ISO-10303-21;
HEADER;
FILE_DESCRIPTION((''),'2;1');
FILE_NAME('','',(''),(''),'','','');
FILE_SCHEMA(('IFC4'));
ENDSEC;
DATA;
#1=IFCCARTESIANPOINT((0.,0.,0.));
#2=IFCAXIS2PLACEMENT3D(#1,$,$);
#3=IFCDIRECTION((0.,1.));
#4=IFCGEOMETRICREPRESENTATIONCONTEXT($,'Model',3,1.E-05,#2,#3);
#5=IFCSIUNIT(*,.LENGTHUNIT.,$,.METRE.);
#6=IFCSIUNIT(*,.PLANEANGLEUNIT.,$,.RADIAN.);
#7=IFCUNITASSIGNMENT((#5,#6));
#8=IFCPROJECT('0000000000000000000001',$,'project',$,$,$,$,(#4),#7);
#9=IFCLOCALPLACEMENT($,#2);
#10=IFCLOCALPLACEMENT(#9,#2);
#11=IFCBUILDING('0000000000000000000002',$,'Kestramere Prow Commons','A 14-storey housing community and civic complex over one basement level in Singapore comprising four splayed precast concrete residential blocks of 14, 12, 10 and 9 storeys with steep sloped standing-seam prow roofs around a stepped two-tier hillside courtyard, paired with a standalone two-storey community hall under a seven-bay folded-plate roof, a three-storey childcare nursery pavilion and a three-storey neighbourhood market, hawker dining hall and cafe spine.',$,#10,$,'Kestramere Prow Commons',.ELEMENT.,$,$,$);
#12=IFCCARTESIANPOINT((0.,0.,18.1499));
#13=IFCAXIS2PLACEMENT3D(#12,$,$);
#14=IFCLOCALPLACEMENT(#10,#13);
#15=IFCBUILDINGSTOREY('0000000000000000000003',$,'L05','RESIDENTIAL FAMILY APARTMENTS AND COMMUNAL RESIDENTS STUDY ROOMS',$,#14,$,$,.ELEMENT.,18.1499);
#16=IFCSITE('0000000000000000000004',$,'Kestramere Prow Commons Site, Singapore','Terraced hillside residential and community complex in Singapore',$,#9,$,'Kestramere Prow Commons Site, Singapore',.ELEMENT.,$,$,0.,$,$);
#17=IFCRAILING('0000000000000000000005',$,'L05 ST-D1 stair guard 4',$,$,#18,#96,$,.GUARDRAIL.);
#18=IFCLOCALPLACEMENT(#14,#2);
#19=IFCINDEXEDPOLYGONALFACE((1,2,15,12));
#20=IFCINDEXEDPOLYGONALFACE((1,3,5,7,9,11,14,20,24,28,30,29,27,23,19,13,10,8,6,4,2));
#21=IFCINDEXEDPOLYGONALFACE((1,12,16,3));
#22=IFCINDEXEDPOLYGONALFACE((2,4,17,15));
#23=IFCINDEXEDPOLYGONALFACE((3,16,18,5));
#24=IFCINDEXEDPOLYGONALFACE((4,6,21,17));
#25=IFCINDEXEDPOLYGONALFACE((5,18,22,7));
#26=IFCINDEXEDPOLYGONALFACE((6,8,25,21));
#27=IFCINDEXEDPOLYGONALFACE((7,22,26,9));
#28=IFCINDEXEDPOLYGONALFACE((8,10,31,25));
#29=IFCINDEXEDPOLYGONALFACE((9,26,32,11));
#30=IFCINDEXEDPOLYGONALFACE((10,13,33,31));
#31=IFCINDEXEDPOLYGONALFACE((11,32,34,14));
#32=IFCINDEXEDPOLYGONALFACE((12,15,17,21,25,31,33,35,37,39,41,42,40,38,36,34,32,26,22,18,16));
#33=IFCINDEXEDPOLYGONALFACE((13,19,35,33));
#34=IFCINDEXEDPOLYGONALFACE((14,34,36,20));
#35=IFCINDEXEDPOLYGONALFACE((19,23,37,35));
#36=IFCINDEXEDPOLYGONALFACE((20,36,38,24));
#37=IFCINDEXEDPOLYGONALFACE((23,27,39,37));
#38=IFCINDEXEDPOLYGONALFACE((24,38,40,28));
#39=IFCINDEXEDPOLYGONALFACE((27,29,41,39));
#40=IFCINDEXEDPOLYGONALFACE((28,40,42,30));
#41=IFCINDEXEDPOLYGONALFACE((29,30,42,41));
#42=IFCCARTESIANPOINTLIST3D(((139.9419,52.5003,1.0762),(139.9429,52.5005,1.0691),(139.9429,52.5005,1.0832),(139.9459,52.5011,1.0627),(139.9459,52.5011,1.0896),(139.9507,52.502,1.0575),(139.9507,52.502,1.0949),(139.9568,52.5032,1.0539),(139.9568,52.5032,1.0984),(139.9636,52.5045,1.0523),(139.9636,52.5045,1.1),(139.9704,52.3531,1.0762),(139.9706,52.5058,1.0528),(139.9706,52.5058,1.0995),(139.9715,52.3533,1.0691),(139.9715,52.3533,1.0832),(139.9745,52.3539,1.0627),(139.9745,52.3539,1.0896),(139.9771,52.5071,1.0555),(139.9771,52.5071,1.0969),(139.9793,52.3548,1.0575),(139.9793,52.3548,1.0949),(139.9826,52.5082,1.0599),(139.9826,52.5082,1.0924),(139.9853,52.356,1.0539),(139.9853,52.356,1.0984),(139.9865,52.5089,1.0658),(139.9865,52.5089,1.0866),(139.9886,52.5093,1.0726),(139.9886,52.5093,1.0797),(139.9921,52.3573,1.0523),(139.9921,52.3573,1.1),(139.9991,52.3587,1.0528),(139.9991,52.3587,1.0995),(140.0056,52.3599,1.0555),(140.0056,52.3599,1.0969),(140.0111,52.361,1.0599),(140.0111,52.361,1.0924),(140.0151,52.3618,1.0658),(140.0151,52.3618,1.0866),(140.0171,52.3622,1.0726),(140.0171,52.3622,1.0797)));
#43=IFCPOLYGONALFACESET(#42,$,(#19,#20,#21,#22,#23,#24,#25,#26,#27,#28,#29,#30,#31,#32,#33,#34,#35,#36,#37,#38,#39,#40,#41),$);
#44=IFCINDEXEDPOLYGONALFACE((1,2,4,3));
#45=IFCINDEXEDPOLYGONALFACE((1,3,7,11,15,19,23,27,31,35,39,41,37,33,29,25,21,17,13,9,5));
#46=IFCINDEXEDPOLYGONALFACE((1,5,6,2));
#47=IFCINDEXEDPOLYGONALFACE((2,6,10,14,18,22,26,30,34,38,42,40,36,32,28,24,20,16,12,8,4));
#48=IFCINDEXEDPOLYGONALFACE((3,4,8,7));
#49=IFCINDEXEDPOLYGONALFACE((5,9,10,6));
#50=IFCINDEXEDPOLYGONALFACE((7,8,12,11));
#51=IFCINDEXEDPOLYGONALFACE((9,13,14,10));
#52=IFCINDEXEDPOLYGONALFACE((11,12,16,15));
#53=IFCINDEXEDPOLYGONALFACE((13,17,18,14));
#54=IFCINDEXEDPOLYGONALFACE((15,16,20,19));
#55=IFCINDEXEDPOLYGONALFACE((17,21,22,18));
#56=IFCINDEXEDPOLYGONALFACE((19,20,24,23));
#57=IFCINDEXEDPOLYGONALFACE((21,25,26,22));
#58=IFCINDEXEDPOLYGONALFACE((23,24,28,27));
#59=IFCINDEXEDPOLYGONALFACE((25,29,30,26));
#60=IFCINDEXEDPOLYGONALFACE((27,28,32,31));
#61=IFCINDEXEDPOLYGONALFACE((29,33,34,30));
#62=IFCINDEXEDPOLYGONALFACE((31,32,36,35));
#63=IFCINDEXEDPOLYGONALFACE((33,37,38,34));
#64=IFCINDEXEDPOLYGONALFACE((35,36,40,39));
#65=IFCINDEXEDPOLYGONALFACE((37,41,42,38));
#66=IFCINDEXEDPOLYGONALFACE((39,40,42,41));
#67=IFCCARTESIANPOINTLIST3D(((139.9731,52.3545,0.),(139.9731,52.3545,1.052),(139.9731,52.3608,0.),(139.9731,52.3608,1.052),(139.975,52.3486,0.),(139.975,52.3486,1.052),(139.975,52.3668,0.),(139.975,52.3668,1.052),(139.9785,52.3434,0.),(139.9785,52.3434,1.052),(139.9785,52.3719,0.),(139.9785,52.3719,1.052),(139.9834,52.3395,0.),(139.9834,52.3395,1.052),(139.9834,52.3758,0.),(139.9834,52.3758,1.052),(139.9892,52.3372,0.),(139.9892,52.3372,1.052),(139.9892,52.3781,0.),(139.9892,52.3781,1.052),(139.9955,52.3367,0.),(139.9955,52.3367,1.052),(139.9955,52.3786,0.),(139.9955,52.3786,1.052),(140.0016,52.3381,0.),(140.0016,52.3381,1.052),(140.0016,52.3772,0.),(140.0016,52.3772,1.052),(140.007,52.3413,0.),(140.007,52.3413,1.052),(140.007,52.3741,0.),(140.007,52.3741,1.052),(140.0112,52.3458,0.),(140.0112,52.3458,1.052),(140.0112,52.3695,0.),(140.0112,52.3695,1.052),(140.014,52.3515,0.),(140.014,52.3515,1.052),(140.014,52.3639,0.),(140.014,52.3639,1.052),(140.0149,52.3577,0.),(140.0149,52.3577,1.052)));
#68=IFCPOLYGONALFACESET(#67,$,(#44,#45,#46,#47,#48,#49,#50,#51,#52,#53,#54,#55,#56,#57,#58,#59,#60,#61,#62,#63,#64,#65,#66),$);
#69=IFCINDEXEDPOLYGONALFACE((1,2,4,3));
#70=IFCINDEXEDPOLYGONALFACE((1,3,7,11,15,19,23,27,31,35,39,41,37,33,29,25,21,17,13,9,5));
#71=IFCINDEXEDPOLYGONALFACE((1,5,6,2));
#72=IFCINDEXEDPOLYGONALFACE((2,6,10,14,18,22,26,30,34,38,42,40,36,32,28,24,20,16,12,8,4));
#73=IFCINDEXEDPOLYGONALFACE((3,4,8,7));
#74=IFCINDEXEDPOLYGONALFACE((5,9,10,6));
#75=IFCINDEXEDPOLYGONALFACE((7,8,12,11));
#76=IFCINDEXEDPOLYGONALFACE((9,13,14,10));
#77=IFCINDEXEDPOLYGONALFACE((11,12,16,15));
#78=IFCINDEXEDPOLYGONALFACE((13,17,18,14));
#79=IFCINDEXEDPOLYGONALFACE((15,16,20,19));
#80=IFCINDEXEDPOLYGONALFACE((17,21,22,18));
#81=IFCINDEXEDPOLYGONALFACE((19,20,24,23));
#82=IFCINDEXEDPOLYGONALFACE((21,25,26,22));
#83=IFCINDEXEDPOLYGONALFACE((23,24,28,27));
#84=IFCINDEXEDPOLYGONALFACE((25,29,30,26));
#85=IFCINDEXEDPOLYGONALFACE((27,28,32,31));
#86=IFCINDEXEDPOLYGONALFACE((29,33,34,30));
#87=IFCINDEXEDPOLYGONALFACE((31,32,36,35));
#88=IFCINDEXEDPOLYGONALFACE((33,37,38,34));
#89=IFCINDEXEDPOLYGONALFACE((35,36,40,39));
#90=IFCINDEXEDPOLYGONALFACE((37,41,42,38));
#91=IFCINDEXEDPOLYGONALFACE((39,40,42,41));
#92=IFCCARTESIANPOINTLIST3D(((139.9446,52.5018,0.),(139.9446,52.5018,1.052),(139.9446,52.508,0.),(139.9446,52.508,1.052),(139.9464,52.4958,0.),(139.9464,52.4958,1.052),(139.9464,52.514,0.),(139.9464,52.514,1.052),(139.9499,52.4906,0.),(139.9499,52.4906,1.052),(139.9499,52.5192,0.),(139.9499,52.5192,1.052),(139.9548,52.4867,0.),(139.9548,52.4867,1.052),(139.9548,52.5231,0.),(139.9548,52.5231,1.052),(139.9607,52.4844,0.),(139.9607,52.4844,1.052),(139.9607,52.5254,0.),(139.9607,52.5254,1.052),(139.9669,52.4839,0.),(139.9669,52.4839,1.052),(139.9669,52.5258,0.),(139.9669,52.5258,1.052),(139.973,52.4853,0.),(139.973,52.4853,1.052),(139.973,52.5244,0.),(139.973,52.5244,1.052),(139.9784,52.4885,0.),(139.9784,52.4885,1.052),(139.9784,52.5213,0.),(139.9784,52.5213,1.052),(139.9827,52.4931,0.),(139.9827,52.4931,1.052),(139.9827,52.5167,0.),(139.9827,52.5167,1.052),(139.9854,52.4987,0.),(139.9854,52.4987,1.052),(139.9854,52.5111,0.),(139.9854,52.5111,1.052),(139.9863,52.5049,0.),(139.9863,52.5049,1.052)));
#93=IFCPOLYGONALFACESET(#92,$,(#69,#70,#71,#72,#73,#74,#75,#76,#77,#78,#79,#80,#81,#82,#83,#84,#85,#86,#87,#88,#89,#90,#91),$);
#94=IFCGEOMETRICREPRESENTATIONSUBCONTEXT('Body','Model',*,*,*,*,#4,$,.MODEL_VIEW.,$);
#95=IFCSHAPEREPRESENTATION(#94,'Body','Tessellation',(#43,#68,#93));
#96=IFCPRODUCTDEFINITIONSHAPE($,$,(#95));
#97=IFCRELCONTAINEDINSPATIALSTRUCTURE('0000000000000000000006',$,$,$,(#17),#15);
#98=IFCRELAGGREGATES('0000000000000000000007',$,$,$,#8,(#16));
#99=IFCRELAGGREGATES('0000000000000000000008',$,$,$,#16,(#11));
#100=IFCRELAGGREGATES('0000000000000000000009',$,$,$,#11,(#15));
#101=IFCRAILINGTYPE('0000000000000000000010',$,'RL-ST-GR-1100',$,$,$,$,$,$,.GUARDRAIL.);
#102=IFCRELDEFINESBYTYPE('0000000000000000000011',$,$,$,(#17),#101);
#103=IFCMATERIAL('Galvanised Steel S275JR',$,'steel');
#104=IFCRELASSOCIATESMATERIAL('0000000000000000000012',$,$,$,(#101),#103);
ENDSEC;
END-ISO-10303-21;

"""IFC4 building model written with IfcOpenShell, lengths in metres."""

from ifc_helpers import new_model, si_unit, direction, frame, origin, origin_2d, place, context, subcontext, project, spatial, circle, extrude, material, type_object, element, save


model = new_model("IFC4")

# Units and contexts
model_context = context("Model", 3, precision=1e-05, world=origin(), true_north=direction((0.0, 1.0)))
body_context = subcontext(model_context, "Body", "Model", "MODEL_VIEW")
ifc_project = project(units=[si_unit("LENGTHUNIT", "METRE"), si_unit("PLANEANGLEUNIT", "RADIAN")], contexts=[model_context])

# Site, building, storey
site_placement = place(None, origin())
site = spatial("IfcSite", under=ifc_project, at=site_placement, Name="Kestramere Prow Commons Site, Singapore", Description="Terraced hillside residential and community complex in Singapore", LongName="Kestramere Prow Commons Site, Singapore", CompositionType="ELEMENT", RefElevation=0.0)
building_placement = place(site_placement, origin())
building = spatial("IfcBuilding", under=site, at=building_placement, Name="Kestramere Prow Commons", Description="A 14-storey housing community and civic complex over one basement level in Singapore comprising four splayed precast concrete residential blocks of 14, 12, 10 and 9 storeys with steep sloped standing-seam prow roofs around a stepped two-tier hillside courtyard, paired with a standalone two-storey community hall under a seven-bay folded-plate roof, a three-storey childcare nursery pavilion and a three-storey neighbourhood market, hawker dining hall and cafe spine.", LongName="Kestramere Prow Commons", CompositionType="ELEMENT")
storey_placement = place(building_placement, frame((0.0, 0.0, 18.1499)))
storey = spatial("IfcBuildingStorey", under=building, at=storey_placement, Name="L05", Description="RESIDENTIAL FAMILY APARTMENTS AND COMMUNAL RESIDENTS STUDY ROOMS", CompositionType="ELEMENT", Elevation=18.1499)

# Railing
ifc_material_1 = material(Name="Galvanised Steel S275JR", Category="steel")
railing_type_1 = type_object("IfcRailingType", Name="RL-ST-GR-1100", PredefinedType="GUARDRAIL", material=ifc_material_1)
railing_1_placement = place(storey_placement, frame((139.9939, 52.3577, 0.0)))
element("IfcRailing", 1, at=railing_1_placement, inside=storey, type_object=railing_type_1, Name="L05 ST-D1 stair guard 4", PredefinedType="GUARDRAIL", context=body_context, shape_type="SweptSolid", body=[
    extrude(circle(Radius=0.0239, at=origin_2d()), frame((0.0, 0.0, 1.0762), z_axis=(-0.190477, 0.981692, 0.0), x_axis=(-0.981692, -0.190477, 0.0)), (0.0, 0.0, 1.0), 0.1499),
    extrude(circle(Radius=0.021, at=origin_2d()), origin(), (0.0, 0.0, 1.0), 1.052),
    extrude(circle(Radius=0.021, at=origin_2d()), frame((-0.0286, 0.1472, 0.0)), (0.0, 0.0, 1.0), 1.052),
])

save(model, "model.ifc")
